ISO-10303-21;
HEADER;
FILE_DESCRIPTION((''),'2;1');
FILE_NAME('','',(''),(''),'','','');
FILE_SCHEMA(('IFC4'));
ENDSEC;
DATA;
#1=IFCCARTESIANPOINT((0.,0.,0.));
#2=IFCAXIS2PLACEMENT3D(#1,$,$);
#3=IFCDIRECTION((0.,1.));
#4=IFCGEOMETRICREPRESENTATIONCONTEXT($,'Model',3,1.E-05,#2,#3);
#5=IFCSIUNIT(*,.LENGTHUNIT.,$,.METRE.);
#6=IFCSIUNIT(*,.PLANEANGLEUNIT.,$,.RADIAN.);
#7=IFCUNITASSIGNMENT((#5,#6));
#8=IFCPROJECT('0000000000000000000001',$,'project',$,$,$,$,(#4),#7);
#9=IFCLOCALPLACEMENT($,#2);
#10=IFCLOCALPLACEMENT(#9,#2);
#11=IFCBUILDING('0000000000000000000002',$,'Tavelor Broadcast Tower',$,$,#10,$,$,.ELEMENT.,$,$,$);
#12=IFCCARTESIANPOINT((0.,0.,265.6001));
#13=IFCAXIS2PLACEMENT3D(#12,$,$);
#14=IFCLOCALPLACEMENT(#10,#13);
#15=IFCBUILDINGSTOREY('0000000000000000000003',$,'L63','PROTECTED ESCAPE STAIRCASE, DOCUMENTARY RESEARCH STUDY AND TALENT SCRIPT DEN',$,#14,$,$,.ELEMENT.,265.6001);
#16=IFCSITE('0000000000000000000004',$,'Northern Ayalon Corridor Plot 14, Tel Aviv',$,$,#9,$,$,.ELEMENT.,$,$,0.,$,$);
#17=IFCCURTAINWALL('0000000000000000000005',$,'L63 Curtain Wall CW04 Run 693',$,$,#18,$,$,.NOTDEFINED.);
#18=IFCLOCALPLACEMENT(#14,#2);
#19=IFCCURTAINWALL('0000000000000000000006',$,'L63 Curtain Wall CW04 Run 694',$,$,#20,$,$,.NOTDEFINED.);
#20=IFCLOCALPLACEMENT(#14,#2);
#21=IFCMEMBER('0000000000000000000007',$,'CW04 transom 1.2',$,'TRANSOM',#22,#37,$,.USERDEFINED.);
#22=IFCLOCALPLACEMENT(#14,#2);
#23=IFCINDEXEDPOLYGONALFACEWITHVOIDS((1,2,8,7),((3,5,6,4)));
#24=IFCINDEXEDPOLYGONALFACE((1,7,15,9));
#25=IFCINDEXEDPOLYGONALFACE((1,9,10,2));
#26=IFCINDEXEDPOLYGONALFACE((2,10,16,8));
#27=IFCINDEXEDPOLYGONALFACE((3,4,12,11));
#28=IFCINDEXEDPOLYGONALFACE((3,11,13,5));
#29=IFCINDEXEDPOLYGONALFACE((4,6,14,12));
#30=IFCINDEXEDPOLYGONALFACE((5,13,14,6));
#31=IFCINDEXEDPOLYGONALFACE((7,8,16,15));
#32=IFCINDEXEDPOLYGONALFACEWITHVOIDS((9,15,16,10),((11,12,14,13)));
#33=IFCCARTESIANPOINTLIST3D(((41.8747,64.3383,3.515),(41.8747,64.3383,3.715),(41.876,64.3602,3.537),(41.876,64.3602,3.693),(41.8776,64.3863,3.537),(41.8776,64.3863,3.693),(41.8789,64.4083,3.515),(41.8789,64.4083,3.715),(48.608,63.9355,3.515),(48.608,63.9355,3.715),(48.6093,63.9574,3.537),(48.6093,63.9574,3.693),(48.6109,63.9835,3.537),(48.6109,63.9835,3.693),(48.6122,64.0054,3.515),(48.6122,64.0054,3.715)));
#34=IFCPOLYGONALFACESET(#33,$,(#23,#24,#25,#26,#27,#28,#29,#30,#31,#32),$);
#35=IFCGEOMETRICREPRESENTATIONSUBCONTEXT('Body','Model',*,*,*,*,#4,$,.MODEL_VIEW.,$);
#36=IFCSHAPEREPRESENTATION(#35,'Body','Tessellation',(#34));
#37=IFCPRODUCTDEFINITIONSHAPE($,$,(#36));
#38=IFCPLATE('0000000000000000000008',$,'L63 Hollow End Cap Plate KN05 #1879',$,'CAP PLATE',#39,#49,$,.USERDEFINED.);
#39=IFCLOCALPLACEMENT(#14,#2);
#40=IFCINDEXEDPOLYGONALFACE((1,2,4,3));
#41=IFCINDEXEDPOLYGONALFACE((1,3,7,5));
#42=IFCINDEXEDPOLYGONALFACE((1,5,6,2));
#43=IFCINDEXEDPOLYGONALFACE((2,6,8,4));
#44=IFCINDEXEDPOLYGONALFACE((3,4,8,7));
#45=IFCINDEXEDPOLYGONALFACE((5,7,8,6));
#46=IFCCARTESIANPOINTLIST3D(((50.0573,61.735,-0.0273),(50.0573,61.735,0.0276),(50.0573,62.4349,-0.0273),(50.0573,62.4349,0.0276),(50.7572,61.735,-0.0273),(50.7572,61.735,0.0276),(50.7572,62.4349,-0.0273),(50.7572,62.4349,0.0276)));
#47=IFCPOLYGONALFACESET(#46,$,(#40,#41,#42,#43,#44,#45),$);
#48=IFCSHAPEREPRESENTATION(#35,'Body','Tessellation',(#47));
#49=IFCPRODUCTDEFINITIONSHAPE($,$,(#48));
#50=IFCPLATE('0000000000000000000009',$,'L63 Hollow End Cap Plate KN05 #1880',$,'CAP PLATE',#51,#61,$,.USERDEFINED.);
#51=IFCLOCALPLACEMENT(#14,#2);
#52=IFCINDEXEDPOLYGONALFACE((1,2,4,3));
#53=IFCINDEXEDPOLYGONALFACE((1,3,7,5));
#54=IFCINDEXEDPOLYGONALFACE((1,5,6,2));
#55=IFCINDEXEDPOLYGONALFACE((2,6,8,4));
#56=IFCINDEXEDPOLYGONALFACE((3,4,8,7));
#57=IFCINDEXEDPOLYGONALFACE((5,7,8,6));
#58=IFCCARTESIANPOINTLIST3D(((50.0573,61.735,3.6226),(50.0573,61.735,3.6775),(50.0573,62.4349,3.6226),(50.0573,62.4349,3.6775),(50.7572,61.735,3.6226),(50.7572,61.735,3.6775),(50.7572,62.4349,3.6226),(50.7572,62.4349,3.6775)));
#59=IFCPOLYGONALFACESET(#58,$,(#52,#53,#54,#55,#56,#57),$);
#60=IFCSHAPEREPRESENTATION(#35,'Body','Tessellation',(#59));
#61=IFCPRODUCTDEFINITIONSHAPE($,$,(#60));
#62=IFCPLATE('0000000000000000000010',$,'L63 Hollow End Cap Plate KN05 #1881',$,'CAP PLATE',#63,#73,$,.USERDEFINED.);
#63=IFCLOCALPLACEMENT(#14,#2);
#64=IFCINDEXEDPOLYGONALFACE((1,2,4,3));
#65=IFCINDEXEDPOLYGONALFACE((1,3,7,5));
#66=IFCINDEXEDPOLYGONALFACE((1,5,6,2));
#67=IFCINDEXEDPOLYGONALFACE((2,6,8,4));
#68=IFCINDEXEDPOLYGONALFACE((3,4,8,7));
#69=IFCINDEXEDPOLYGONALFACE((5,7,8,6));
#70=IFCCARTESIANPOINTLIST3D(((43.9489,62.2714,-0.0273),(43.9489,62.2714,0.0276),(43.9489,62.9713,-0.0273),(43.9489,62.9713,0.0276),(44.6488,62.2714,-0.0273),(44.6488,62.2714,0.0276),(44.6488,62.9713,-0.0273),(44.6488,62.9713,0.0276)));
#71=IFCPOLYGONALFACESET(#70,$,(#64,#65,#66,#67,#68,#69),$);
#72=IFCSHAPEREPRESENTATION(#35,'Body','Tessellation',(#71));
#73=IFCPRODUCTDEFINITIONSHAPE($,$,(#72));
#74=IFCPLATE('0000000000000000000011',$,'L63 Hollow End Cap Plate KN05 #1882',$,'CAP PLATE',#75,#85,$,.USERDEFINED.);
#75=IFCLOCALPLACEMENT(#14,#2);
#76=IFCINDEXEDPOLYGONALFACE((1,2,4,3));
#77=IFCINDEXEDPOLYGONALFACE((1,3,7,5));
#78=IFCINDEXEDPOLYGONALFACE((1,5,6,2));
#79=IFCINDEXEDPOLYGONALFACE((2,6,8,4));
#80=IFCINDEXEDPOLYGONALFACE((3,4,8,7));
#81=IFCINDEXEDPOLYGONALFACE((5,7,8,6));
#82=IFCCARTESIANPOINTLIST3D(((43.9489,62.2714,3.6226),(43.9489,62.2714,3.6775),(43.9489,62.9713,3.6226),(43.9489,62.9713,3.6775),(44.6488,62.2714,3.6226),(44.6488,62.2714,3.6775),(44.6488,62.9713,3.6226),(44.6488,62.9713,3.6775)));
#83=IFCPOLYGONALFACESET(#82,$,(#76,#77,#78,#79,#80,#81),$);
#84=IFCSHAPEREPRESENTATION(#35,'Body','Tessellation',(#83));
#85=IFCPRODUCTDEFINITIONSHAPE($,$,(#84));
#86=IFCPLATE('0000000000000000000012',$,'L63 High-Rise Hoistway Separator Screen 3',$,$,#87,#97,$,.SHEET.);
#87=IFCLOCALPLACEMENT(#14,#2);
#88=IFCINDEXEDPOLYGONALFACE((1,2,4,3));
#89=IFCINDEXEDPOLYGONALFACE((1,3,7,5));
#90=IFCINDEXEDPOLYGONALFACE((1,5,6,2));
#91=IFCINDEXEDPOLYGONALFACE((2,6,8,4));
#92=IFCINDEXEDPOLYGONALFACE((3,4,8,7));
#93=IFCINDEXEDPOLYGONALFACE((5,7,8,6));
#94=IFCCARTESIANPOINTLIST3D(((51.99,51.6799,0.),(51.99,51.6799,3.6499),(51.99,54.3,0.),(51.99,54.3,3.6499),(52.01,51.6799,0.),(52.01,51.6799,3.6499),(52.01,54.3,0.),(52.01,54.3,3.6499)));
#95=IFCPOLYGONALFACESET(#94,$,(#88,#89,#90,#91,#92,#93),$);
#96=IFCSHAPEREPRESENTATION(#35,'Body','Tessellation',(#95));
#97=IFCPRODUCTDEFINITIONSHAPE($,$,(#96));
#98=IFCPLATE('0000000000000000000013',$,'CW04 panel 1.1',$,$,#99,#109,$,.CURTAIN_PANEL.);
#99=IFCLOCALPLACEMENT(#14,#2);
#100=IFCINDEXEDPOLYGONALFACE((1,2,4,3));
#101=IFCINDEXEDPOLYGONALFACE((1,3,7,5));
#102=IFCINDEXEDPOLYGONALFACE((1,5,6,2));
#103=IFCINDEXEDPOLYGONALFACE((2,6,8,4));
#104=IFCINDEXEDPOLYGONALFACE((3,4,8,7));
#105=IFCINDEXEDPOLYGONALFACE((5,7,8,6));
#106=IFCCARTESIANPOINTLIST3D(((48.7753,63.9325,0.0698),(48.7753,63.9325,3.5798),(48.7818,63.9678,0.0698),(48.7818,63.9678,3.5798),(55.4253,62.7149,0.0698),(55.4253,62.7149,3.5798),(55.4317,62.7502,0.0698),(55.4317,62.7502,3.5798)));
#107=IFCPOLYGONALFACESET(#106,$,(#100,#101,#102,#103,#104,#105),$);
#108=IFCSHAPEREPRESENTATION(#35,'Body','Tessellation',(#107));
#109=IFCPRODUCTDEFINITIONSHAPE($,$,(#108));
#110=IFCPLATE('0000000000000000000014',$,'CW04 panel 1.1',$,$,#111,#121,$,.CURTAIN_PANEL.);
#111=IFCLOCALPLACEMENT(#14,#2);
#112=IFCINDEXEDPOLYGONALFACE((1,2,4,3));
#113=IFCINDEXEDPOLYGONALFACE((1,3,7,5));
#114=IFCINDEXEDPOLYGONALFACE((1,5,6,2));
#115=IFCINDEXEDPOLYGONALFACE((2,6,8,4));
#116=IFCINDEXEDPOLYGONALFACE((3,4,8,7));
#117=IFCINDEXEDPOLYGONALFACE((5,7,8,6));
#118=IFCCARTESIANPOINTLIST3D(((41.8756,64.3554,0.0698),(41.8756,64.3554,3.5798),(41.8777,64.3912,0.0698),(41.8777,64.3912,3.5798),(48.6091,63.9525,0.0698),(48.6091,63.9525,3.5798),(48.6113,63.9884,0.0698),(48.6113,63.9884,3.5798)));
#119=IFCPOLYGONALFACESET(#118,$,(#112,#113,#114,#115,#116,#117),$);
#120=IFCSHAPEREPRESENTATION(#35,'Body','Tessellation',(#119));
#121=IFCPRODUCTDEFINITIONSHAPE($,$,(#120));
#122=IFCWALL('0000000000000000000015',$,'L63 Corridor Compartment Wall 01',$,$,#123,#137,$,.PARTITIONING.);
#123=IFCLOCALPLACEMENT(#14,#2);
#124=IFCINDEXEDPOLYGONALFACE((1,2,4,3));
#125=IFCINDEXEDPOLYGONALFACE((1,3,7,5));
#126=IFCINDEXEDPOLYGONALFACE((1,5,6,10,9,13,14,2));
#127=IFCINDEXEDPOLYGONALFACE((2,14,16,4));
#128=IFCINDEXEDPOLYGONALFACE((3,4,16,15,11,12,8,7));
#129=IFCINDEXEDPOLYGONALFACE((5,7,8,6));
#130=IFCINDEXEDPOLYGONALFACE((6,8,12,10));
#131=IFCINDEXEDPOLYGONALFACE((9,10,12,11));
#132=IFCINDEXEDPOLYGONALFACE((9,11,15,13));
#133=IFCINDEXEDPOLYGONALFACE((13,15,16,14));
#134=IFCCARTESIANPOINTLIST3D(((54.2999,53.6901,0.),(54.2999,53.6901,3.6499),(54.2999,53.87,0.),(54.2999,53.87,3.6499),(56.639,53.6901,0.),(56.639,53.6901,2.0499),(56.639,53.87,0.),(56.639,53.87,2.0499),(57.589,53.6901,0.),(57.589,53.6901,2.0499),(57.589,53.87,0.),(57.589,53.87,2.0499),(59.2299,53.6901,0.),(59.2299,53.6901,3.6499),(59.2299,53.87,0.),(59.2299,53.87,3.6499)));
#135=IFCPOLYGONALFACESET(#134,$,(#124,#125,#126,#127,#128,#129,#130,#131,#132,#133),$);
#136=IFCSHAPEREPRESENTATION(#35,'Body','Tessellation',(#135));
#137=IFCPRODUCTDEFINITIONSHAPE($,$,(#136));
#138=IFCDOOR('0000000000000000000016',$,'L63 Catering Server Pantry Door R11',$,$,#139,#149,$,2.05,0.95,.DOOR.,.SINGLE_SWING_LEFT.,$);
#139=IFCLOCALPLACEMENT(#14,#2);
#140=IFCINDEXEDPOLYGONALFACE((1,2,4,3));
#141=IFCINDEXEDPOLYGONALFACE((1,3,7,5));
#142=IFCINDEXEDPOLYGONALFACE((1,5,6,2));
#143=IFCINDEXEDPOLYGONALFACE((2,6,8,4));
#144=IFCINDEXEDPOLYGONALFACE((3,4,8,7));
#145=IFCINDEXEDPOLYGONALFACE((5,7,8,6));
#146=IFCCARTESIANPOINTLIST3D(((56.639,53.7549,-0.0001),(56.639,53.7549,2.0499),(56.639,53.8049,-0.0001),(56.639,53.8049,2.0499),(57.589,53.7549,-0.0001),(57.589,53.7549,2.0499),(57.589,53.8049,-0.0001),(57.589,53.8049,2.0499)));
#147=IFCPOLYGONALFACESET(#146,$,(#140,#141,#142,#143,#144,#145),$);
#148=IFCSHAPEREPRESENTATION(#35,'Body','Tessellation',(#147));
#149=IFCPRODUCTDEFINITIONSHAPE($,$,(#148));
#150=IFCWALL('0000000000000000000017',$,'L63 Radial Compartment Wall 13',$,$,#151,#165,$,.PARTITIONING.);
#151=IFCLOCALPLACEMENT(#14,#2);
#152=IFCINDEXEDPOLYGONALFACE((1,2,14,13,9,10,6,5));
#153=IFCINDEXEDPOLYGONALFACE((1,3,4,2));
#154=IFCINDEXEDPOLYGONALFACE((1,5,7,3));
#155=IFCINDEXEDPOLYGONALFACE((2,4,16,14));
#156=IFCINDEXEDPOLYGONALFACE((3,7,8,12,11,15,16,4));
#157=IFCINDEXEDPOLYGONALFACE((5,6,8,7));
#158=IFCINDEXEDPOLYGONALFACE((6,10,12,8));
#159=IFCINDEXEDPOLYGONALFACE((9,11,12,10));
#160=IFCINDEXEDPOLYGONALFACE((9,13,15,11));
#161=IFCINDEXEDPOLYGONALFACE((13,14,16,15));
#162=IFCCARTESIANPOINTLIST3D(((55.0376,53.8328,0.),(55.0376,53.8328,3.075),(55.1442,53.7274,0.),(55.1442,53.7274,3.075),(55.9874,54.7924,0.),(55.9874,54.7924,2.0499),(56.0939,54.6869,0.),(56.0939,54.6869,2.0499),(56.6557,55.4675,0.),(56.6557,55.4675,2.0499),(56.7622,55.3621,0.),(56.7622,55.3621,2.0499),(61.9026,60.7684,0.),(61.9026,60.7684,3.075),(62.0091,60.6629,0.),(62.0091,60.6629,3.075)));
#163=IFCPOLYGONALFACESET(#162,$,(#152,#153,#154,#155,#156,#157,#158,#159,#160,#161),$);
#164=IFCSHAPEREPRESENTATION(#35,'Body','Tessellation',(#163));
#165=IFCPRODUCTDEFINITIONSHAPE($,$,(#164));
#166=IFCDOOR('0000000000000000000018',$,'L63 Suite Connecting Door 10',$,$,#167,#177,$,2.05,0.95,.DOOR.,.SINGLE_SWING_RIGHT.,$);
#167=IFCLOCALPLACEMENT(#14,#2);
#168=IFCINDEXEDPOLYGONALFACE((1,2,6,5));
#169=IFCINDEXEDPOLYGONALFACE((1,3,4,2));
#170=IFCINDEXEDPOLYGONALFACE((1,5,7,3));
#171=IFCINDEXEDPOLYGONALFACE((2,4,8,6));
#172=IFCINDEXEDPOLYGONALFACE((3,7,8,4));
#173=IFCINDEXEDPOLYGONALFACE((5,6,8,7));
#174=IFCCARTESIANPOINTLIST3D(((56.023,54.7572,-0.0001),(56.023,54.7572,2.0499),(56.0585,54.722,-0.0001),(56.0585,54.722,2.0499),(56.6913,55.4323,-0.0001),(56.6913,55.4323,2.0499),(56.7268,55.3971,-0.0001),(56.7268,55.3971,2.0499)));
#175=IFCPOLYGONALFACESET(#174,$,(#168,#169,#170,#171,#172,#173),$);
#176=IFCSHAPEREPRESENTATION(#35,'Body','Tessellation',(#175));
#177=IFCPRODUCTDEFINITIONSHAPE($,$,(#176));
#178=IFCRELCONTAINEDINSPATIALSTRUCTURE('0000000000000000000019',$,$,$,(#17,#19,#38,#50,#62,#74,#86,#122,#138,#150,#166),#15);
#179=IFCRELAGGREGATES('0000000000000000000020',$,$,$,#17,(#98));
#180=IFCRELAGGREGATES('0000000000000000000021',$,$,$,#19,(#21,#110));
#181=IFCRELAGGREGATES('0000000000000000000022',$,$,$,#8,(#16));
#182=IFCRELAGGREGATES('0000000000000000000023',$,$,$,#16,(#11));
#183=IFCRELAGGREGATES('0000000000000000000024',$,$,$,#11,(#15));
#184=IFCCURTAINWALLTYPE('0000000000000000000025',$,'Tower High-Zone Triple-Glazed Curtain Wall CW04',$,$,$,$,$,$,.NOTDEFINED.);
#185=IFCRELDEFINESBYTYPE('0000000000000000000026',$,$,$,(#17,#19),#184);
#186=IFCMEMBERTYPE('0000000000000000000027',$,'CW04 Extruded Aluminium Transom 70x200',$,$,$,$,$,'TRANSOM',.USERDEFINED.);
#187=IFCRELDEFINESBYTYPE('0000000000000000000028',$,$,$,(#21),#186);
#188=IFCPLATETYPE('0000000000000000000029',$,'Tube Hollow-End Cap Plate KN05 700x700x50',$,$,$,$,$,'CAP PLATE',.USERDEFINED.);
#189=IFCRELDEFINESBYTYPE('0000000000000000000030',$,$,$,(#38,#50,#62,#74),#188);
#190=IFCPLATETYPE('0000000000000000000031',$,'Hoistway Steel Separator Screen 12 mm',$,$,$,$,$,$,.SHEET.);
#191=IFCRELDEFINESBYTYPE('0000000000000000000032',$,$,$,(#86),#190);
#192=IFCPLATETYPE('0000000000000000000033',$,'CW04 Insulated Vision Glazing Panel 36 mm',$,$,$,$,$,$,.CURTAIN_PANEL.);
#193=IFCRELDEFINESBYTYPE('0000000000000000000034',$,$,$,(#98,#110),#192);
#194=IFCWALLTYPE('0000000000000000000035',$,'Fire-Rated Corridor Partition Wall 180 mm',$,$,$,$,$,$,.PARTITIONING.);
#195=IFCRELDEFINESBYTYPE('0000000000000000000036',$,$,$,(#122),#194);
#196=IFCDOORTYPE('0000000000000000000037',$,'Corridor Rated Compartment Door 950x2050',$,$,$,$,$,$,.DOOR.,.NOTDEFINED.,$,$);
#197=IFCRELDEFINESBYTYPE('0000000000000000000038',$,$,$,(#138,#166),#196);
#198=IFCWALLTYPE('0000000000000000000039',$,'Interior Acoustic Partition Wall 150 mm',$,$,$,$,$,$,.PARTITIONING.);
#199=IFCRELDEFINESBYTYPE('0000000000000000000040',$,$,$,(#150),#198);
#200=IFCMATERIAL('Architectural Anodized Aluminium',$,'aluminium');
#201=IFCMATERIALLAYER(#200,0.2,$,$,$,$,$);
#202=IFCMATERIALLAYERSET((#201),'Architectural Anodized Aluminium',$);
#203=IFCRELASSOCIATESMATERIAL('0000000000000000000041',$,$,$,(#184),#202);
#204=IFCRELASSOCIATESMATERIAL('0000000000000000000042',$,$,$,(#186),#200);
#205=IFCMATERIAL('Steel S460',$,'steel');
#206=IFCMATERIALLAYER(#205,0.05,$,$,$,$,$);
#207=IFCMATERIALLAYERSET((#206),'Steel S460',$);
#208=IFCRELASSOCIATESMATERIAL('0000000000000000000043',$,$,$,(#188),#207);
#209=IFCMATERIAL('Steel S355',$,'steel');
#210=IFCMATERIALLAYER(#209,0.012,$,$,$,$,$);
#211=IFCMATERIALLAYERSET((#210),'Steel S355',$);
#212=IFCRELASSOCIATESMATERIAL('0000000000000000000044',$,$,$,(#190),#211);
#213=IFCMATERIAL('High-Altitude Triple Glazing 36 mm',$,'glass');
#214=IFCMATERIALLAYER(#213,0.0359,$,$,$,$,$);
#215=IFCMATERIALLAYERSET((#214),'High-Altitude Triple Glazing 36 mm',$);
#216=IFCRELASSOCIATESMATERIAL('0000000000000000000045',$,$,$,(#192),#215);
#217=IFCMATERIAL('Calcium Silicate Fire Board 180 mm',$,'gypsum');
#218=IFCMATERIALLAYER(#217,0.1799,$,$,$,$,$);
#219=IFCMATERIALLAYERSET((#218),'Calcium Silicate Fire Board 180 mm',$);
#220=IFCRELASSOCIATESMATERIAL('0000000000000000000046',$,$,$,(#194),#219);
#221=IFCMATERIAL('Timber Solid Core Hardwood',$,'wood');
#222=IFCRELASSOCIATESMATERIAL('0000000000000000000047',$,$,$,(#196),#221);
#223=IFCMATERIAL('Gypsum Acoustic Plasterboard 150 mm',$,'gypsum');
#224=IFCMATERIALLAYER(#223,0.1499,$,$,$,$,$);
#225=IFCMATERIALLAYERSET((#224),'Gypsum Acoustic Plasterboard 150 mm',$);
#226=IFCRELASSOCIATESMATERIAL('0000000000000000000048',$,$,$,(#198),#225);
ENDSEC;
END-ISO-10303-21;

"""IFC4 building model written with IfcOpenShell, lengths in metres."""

from ifc_helpers import new_model, si_unit, direction, frame, frame_2d, origin, origin_2d, place, context, subcontext, project, spatial, rectangle, hollow_rectangle, extrude, source, transform, mapped, material, layer, layer_set, material_profile, profile_set, type_object, type_shapes, element, fill, aggregate, save


model = new_model("IFC4")

# Units and contexts
model_context = context("Model", 3, precision=1e-05, world=origin(), true_north=direction((0.0, 1.0)))
body_context = subcontext(model_context, "Body", "Model", "MODEL_VIEW")
ifc_project = project(units=[si_unit("LENGTHUNIT", "METRE"), si_unit("PLANEANGLEUNIT", "RADIAN")], contexts=[model_context])

# Site, building, storey
site_placement = place(None, origin())
site = spatial("IfcSite", under=ifc_project, at=site_placement, Name="Northern Ayalon Corridor Plot 14, Tel Aviv", CompositionType="ELEMENT", RefElevation=0.0)
building_placement = place(site_placement, origin())
building = spatial("IfcBuilding", under=site, at=building_placement, Name="Tavelor Broadcast Tower", CompositionType="ELEMENT")
storey_placement = place(building_placement, frame((0.0, 0.0, 265.6001)))
storey = spatial("IfcBuildingStorey", under=building, at=storey_placement, Name="L63", Description="PROTECTED ESCAPE STAIRCASE, DOCUMENTARY RESEARCH STUDY AND TALENT SCRIPT DEN", CompositionType="ELEMENT", Elevation=265.6001)

# Shared definitions
ifc_material_1 = material(Name="Steel S460", Category="steel")

# Shared definitions
ifc_material_2 = material(Name="Steel S355", Category="steel")

# Curtain wall
ifc_material_3 = material(Name="Architectural Anodized Aluminium", Category="aluminium")
ifc_layer_1 = layer(ifc_material_3, 0.2)
ifc_layer_set_1 = layer_set([ifc_layer_1], Name="Architectural Anodized Aluminium")
curtain_wall_type = type_object("IfcCurtainWallType", Name="Tower High-Zone Triple-Glazed Curtain Wall CW04", PredefinedType="NOTDEFINED", material=ifc_layer_set_1)
curtain_wall_1_placement = place(storey_placement, origin())
curtain_wall_1 = element("IfcCurtainWall", 1, at=curtain_wall_1_placement, inside=storey, type_object=curtain_wall_type, Name="L63 Curtain Wall CW04 Run 693", PredefinedType="NOTDEFINED")

# Curtain wall, member
curtain_wall_2_placement = place(storey_placement, origin())
curtain_wall_2 = element("IfcCurtainWall", 2, at=curtain_wall_2_placement, inside=storey, type_object=curtain_wall_type, Name="L63 Curtain Wall CW04 Run 694", PredefinedType="NOTDEFINED")
ifc_material_profile_1 = material_profile(ifc_material_3, hollow_rectangle(XDim=0.0701, YDim=0.2, WallThickness=0.022, at=origin_2d()), Name="RHS 70x200x22")
ifc_profile_set_1 = profile_set([ifc_material_profile_1], Name="Architectural Anodized Aluminium")
member_type_1 = type_object("IfcMemberType", Name="CW04 Extruded Aluminium Transom 70x200", ElementType="TRANSOM", PredefinedType="USERDEFINED", material=ifc_profile_set_1)
shared_shape_1 = source(origin(), body_context, "Body", "SweptSolid", [
    extrude(hollow_rectangle(XDim=0.0701, YDim=0.2, WallThickness=0.022, at=origin_2d()), origin(), (0.0, 0.0, 1.0), 6.7454),
])
type_shapes(member_type_1, [shared_shape_1])
member_1_placement = place(storey_placement, frame((48.6101, 63.9705, 3.615), z_axis=(-0.998215, 0.059719, 0.0), x_axis=(-0.059719, -0.998215, 0.0)))
member_1 = element("IfcMember", 3, at=member_1_placement, type_object=member_type_1, Name="CW04 transom 1.2", ObjectType="TRANSOM", PredefinedType="USERDEFINED", context=body_context, shape_type="MappedRepresentation", body=[
    mapped(shared_shape_1, transform((0.0, 0.0, 0.0), scale=1.0)),
])

# Plates
ifc_layer_2 = layer(ifc_material_1, 0.05)
ifc_layer_set_2 = layer_set([ifc_layer_2], Name="Steel S460")
plate_type_1 = type_object("IfcPlateType", Name="Tube Hollow-End Cap Plate KN05 700x700x50", ElementType="CAP PLATE", PredefinedType="USERDEFINED", material=ifc_layer_set_2)
shared_shape_2 = source(origin(), body_context, "Body", "SweptSolid", [
    extrude(rectangle(XDim=0.7, YDim=0.7, at=origin_2d()), origin(), (0.0, 0.0, 1.0), 0.0549),
])
type_shapes(plate_type_1, [shared_shape_2])
for number, where, z_axis, x_axis, name in (
    (4, (50.4072, 62.085, -0.0273), (0.0, 0.0, 1.0), (1.0, 0.0, 0.0), "L63 Hollow End Cap Plate KN05 #1879"),
    (5, (50.4072, 62.085, 3.6226), (0.0, 0.0, 1.0), (1.0, 0.0, 0.0), "L63 Hollow End Cap Plate KN05 #1880"),
    (6, (44.2988, 62.6213, -0.0273), (0.0, 0.0, 1.0), (1.0, 0.0, 0.0), "L63 Hollow End Cap Plate KN05 #1881"),
    (7, (44.2988, 62.6213, 3.6226), (0.0, 0.0, 1.0), (1.0, 0.0, 0.0), "L63 Hollow End Cap Plate KN05 #1882"),
):
    element("IfcPlate", number, at=place(storey_placement, frame(where, z_axis=z_axis, x_axis=x_axis)), inside=storey, type_object=plate_type_1, Name=name, ObjectType="CAP PLATE", PredefinedType="USERDEFINED", context=body_context, shape_type="MappedRepresentation", body=[
        mapped(shared_shape_2, transform((0.0, 0.0, 0.0), scale=1.0)),
    ])
ifc_layer_3 = layer(ifc_material_2, 0.012)
ifc_layer_set_3 = layer_set([ifc_layer_3], Name="Steel S355")
plate_type_2 = type_object("IfcPlateType", Name="Hoistway Steel Separator Screen 12 mm", PredefinedType="SHEET", material=ifc_layer_set_3)
shared_shape_3 = source(origin(), body_context, "Body", "SweptSolid", [
    extrude(rectangle(XDim=0.02, YDim=2.6201, at=origin_2d()), origin(), (0.0, 0.0, 1.0), 3.6499),
])
type_shapes(plate_type_2, [shared_shape_3])
plate_1_placement = place(storey_placement, frame((52.0, 52.99, 0.0), z_axis=(0.0, 0.0, 1.0), x_axis=(1.0, 0.0, 0.0)))
element("IfcPlate", 8, at=plate_1_placement, inside=storey, type_object=plate_type_2, Name="L63 High-Rise Hoistway Separator Screen 3", PredefinedType="SHEET", context=body_context, shape_type="MappedRepresentation", body=[
    mapped(shared_shape_3, transform((0.0, 0.0, 0.0), scale=1.0)),
])

# Plates
ifc_material_4 = material(Name="High-Altitude Triple Glazing 36 mm", Category="glass")
ifc_layer_4 = layer(ifc_material_4, 0.0359)
ifc_layer_set_4 = layer_set([ifc_layer_4], Name="High-Altitude Triple Glazing 36 mm")
plate_type_3 = type_object("IfcPlateType", Name="CW04 Insulated Vision Glazing Panel 36 mm", PredefinedType="CURTAIN_PANEL", material=ifc_layer_set_4)
shared_shape_4 = source(origin(), body_context, "Body", "SweptSolid", [
    extrude(rectangle(XDim=6.7605, YDim=0.0359, at=origin_2d()), origin(), (0.0, 0.0, 1.0), 3.51),
])
plate_2_placement = place(storey_placement, frame((52.1035, 63.3413, 0.0698), z_axis=(0.0, 0.0, 1.0), x_axis=(-0.983647, 0.180104, 0.0)))
plate_2 = element("IfcPlate", 9, at=plate_2_placement, type_object=plate_type_3, Name="CW04 panel 1.1", PredefinedType="CURTAIN_PANEL", context=body_context, shape_type="MappedRepresentation", body=[
    mapped(shared_shape_4, transform((0.0, 0.0, 0.0), scale=1.0)),
])
aggregate(curtain_wall_1, [plate_2])
shared_shape_5 = source(origin(), body_context, "Body", "SweptSolid", [
    extrude(rectangle(XDim=6.7456, YDim=0.0359, at=origin_2d()), origin(), (0.0, 0.0, 1.0), 3.51),
])
type_shapes(plate_type_3, [shared_shape_4, shared_shape_5])
plate_3_placement = place(storey_placement, frame((45.2434, 64.1719, 0.0698), z_axis=(0.0, 0.0, 1.0), x_axis=(-0.998215, 0.05972, 0.0)))
plate_3 = element("IfcPlate", 10, at=plate_3_placement, type_object=plate_type_3, Name="CW04 panel 1.1", PredefinedType="CURTAIN_PANEL", context=body_context, shape_type="MappedRepresentation", body=[
    mapped(shared_shape_5, transform((0.0, 0.0, 0.0), scale=1.0)),
])
aggregate(curtain_wall_2, [member_1, plate_3])

# Walls, openings, doors
ifc_material_5 = material(Name="Calcium Silicate Fire Board 180 mm", Category="gypsum")
ifc_layer_5 = layer(ifc_material_5, 0.1799)
ifc_layer_set_5 = layer_set([ifc_layer_5], Name="Calcium Silicate Fire Board 180 mm")
wall_type_1 = type_object("IfcWallType", Name="Fire-Rated Corridor Partition Wall 180 mm", PredefinedType="PARTITIONING", material=ifc_layer_set_5)
wall_1_placement = place(storey_placement, frame((54.3, 53.78, 0.0), z_axis=(0.0, 0.0, 1.0), x_axis=(1.0, 0.0, 0.0)))
wall_1 = element("IfcWall", 11, at=wall_1_placement, inside=storey, type_object=wall_type_1, Name="L63 Corridor Compartment Wall 01", PredefinedType="PARTITIONING", context=body_context, shape_type="SweptSolid", body=[
    extrude(rectangle(XDim=4.9299, YDim=0.1799, at=frame_2d((2.4648, 0.0))), origin(), (0.0, 0.0, 1.0), 3.6499),
])
opening_1_placement = place(wall_1_placement, frame((2.3389, 0.0, 0.0)))
opening_1 = element("IfcOpeningElement", 12, at=opening_1_placement, cuts=wall_1, PredefinedType="OPENING", context=body_context, shape_type="SweptSolid", body=[
    extrude(rectangle(XDim=0.95, YDim=2.05, at=frame_2d((0.4751, 1.0249))), frame((0.0, 0.1001, 0.0), z_axis=(0.0, -1.0, 0.0), x_axis=(1.0, 0.0, 0.0)), (0.0, 0.0, 1.0), 0.2),
])
ifc_material_6 = material(Name="Timber Solid Core Hardwood", Category="wood")
door_type_1 = type_object("IfcDoorType", Name="Corridor Rated Compartment Door 950x2050", OperationType="NOTDEFINED", PredefinedType="DOOR", material=ifc_material_6)
door_1_placement = place(opening_1_placement, origin())
door_1 = element("IfcDoor", 13, at=door_1_placement, inside=storey, type_object=door_type_1, Name="L63 Catering Server Pantry Door R11", OperationType="SINGLE_SWING_LEFT", OverallHeight=2.05, OverallWidth=0.95, PredefinedType="DOOR", context=body_context, shape_type="SweptSolid", body=[
    extrude(rectangle(XDim=0.95, YDim=2.05, at=frame_2d((0.4751, 1.0249))), frame((0.0, 0.0249, 0.0), z_axis=(0.0, -1.0, 0.0), x_axis=(1.0, 0.0, 0.0)), (0.0, 0.0, 1.0), 0.05),
])
fill(opening_1, door_1)
ifc_material_7 = material(Name="Gypsum Acoustic Plasterboard 150 mm", Category="gypsum")
ifc_layer_6 = layer(ifc_material_7, 0.1499)
ifc_layer_set_6 = layer_set([ifc_layer_6], Name="Gypsum Acoustic Plasterboard 150 mm")
wall_type_2 = type_object("IfcWallType", Name="Interior Acoustic Partition Wall 150 mm", PredefinedType="PARTITIONING", material=ifc_layer_set_6)
wall_2_placement = place(storey_placement, frame((55.0908, 53.78, 0.0), z_axis=(0.0, 0.0, 1.0), x_axis=(0.703482, 0.710713, 0.0)))
wall_2 = element("IfcWall", 14, at=wall_2_placement, inside=storey, type_object=wall_type_2, Name="L63 Radial Compartment Wall 13", PredefinedType="PARTITIONING", context=body_context, shape_type="SweptSolid", body=[
    extrude(rectangle(XDim=9.7585, YDim=0.1499, at=frame_2d((4.8794, 0.0))), origin(), (0.0, 0.0, 1.0), 3.075),
])
opening_2_placement = place(wall_2_placement, frame((1.3501, 0.0, 0.0)))
opening_2 = element("IfcOpeningElement", 15, at=opening_2_placement, cuts=wall_2, PredefinedType="OPENING", context=body_context, shape_type="SweptSolid", body=[
    extrude(rectangle(XDim=0.95, YDim=2.05, at=frame_2d((0.4751, 1.0249))), frame((0.0, 0.085, 0.0), z_axis=(0.0, -1.0, 0.0), x_axis=(1.0, 0.0, 0.0)), (0.0, 0.0, 1.0), 0.1699),
])
door_2_placement = place(opening_2_placement, origin())
door_2 = element("IfcDoor", 16, at=door_2_placement, inside=storey, type_object=door_type_1, Name="L63 Suite Connecting Door 10", OperationType="SINGLE_SWING_RIGHT", OverallHeight=2.05, OverallWidth=0.95, PredefinedType="DOOR", context=body_context, shape_type="SweptSolid", body=[
    extrude(rectangle(XDim=0.95, YDim=2.05, at=frame_2d((0.4751, 1.0249))), frame((0.0, 0.0249, 0.0), z_axis=(0.0, -1.0, 0.0), x_axis=(1.0, 0.0, 0.0)), (0.0, 0.0, 1.0), 0.05),
])
fill(opening_2, door_2)

save(model, "model.ifc")
